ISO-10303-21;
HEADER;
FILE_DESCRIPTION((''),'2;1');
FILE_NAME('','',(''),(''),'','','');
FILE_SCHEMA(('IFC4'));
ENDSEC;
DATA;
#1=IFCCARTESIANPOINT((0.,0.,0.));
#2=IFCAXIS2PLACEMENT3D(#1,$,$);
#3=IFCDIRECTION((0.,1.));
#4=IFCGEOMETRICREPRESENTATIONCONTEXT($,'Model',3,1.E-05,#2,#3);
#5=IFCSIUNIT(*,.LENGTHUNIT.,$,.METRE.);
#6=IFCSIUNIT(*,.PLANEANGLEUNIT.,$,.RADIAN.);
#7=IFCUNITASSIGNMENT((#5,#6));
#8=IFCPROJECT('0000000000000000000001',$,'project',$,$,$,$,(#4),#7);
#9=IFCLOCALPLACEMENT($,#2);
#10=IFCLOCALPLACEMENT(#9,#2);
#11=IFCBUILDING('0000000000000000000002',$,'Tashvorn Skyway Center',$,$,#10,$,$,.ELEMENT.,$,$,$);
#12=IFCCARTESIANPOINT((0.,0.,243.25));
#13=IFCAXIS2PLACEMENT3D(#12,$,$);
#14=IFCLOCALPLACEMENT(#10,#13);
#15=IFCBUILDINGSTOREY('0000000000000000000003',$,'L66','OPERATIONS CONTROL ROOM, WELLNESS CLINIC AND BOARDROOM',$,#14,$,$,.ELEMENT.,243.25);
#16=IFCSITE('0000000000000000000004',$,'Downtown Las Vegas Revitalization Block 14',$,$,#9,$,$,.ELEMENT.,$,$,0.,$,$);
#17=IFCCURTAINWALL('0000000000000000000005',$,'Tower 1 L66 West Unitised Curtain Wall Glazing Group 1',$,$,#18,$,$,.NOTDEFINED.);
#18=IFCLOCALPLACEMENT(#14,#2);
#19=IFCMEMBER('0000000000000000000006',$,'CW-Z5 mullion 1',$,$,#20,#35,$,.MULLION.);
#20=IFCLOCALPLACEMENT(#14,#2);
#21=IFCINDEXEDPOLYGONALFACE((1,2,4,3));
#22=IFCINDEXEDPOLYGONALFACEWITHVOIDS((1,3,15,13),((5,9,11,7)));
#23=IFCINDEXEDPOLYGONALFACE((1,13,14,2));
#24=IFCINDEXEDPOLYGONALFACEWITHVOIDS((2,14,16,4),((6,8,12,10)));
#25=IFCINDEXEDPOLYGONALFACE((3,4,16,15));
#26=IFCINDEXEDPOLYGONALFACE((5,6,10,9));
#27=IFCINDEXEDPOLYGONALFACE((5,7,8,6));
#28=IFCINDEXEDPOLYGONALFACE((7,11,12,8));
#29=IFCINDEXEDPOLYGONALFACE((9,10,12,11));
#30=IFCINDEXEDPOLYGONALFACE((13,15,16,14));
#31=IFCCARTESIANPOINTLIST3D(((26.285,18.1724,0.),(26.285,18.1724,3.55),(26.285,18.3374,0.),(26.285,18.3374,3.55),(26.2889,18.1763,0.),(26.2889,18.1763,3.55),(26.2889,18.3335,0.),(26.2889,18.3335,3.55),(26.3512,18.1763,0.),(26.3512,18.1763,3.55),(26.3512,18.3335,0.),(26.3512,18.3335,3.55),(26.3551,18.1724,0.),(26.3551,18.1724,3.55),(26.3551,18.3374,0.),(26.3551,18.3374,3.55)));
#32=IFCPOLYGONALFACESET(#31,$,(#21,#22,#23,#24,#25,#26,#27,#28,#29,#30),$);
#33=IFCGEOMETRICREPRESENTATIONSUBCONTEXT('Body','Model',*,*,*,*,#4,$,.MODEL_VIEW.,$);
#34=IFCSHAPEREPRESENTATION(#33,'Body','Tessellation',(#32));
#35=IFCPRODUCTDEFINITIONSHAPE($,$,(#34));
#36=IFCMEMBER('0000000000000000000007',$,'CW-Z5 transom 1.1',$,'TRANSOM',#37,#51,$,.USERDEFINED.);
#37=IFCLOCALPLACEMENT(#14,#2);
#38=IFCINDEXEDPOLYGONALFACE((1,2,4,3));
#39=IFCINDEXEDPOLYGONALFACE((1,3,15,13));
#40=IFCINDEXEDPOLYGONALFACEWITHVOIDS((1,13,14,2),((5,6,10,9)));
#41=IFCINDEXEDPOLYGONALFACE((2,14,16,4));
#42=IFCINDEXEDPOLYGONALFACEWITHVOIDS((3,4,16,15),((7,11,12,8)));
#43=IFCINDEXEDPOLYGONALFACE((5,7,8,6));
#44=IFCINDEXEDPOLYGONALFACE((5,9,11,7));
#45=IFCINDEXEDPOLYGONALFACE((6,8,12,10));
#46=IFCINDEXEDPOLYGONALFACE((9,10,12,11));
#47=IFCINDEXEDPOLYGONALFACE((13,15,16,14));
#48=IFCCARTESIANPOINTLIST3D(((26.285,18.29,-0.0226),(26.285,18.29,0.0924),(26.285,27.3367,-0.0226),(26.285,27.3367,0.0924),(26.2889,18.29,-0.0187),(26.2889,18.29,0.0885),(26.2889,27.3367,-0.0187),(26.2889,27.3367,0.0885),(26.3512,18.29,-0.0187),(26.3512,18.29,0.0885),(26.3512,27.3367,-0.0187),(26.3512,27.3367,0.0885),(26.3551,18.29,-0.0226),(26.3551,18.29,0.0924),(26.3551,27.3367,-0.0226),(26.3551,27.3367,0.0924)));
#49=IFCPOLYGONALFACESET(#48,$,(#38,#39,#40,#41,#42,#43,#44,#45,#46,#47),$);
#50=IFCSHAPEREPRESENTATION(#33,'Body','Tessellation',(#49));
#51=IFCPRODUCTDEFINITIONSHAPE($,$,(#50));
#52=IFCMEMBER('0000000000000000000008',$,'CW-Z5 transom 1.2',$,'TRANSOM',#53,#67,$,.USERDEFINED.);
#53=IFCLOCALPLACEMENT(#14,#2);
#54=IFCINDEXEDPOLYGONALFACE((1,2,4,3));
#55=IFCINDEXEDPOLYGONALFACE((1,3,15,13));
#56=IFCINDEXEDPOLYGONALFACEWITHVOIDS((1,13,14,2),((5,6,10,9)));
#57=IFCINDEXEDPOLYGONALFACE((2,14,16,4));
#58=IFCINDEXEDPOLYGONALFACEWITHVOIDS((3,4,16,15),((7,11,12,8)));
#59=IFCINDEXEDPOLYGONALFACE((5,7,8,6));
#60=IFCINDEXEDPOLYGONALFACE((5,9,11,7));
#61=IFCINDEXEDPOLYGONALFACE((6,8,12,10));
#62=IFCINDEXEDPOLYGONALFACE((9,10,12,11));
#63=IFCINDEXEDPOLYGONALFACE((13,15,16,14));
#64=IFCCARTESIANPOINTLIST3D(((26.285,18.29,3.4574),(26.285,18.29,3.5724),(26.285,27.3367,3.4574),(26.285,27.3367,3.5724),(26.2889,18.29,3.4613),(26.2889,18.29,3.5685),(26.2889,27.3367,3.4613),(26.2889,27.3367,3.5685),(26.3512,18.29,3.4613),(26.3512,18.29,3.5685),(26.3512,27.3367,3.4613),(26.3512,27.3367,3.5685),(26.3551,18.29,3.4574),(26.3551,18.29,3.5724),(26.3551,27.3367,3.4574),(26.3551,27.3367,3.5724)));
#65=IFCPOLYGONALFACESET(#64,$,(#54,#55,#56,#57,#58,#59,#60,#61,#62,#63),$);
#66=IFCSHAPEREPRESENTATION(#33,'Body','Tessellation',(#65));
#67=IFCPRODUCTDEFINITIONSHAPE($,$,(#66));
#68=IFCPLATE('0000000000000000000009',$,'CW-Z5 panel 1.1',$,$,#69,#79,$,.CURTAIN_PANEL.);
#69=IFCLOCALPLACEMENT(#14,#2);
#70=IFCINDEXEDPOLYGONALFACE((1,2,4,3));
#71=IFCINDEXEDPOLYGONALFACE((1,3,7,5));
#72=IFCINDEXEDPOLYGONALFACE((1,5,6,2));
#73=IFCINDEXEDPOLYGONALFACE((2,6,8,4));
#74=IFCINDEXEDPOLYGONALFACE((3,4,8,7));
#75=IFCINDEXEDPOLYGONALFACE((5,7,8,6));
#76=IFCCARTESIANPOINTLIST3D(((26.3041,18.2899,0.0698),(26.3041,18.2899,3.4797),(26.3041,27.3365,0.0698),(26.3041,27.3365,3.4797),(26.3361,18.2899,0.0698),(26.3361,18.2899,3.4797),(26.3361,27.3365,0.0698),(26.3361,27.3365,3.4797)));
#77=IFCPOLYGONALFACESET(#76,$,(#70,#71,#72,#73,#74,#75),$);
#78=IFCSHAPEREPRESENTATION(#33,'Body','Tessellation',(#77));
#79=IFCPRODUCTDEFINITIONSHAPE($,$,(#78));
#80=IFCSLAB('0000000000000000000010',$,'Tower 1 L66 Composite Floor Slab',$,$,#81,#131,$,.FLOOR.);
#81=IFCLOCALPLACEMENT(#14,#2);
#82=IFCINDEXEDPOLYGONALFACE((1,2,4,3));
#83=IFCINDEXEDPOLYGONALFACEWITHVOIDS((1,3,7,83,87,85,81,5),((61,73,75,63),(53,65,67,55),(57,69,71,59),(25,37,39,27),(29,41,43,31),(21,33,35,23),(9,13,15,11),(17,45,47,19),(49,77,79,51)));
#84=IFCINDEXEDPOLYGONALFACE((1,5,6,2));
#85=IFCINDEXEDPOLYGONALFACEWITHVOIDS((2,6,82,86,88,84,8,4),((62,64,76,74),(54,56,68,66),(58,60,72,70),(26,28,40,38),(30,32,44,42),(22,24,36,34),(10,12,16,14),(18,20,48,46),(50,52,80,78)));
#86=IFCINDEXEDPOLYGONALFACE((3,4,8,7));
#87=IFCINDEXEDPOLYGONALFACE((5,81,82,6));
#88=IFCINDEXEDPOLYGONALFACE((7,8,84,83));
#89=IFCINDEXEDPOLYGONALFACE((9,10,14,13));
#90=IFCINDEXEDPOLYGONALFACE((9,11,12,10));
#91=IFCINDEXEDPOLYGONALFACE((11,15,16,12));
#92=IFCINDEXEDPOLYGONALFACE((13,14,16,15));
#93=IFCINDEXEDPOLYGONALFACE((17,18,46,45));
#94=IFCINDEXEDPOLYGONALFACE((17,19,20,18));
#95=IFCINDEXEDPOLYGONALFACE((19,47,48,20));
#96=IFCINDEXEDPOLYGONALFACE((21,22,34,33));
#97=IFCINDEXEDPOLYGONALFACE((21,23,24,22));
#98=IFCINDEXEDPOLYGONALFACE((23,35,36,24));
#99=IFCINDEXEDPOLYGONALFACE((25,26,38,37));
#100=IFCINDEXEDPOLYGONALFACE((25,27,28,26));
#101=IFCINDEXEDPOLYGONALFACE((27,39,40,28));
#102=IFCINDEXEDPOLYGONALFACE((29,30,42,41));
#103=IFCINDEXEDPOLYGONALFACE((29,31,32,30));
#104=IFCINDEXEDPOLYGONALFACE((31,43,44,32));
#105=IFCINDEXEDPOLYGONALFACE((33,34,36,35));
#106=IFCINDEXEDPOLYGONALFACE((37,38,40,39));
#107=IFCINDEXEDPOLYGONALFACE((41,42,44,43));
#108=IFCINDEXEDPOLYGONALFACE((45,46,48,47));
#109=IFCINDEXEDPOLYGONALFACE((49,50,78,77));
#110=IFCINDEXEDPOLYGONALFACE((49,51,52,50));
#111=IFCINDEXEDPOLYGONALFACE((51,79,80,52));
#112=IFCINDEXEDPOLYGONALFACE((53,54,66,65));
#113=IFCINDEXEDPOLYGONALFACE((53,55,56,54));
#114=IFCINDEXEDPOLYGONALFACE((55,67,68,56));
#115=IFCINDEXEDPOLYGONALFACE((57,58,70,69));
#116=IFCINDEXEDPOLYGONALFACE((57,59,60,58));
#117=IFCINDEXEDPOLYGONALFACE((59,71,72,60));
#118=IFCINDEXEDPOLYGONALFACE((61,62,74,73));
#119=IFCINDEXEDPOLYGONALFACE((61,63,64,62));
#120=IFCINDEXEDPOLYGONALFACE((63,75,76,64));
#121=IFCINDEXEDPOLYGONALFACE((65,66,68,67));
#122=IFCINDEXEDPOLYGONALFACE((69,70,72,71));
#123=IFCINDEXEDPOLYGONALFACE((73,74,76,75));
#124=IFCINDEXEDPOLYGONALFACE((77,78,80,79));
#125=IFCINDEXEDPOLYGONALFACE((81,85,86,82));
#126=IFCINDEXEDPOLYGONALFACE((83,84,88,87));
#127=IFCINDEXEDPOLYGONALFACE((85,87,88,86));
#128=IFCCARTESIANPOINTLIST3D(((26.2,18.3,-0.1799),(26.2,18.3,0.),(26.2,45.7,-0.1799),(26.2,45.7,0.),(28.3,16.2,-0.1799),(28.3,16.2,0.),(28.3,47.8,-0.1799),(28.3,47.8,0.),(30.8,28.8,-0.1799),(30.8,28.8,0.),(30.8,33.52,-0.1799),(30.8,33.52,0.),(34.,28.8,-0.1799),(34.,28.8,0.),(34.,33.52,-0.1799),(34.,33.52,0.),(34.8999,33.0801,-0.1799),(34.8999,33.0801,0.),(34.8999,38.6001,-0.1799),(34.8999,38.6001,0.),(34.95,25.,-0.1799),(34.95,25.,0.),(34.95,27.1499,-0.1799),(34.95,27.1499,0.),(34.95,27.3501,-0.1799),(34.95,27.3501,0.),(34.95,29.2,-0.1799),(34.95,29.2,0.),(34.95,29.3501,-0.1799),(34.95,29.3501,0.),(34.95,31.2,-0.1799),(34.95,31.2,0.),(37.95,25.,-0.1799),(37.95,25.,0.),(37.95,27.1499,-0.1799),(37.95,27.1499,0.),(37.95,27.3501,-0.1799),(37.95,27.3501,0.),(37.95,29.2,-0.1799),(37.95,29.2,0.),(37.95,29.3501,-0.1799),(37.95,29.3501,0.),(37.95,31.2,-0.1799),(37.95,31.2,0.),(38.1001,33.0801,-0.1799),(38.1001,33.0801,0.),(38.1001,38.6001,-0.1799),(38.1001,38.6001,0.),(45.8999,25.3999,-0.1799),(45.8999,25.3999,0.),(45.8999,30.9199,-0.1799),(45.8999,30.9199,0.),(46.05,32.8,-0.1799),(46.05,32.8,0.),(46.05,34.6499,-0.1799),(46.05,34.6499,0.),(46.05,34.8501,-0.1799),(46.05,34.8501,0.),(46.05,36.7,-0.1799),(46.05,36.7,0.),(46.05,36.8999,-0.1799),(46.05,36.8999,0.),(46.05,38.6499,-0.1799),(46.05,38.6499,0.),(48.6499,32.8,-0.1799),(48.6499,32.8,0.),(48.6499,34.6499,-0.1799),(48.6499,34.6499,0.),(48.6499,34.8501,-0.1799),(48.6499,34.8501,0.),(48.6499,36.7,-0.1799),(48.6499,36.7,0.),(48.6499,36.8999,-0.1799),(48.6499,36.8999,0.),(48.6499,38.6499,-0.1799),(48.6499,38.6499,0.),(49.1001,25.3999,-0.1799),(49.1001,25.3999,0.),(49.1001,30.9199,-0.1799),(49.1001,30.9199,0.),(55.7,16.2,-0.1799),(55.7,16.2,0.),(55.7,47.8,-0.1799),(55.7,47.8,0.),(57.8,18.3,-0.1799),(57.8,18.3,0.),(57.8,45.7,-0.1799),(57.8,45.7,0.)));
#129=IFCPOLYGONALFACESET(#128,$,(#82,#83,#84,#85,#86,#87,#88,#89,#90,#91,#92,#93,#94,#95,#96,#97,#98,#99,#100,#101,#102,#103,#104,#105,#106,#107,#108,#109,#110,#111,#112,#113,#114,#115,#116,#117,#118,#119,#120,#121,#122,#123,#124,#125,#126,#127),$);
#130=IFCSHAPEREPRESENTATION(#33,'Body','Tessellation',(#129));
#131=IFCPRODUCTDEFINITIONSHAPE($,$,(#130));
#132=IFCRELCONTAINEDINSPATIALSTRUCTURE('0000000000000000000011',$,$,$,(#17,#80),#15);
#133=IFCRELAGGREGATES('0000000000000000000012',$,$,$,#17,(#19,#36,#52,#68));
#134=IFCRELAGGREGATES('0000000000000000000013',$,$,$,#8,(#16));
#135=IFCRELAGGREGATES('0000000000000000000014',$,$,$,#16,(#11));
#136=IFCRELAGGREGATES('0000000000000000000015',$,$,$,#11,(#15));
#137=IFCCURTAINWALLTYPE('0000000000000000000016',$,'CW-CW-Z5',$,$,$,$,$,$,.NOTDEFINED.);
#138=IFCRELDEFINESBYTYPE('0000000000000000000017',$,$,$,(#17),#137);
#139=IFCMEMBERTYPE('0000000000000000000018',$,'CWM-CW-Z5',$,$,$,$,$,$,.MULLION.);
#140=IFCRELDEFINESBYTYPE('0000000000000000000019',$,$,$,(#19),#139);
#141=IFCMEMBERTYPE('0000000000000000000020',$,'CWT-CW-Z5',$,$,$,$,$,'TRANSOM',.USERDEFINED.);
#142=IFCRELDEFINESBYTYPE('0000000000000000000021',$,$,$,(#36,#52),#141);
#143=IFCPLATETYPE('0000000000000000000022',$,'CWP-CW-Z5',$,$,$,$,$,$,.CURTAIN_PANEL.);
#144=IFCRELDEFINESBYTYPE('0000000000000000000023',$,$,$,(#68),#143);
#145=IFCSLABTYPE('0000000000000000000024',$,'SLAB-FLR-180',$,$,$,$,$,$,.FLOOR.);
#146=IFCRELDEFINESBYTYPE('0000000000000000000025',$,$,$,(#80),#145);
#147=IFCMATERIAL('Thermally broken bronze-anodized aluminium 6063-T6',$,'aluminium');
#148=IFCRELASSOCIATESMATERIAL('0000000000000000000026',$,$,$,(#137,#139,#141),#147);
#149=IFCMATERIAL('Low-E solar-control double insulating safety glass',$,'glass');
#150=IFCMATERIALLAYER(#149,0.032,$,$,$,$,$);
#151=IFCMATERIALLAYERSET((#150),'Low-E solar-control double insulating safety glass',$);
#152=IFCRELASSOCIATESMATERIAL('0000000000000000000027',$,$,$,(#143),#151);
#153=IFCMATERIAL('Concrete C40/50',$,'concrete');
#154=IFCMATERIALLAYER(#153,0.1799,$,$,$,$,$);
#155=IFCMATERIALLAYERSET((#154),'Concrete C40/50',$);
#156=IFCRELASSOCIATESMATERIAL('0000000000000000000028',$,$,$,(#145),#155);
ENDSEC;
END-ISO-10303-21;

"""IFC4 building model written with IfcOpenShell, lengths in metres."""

from ifc_helpers import new_model, si_unit, direction, frame, origin, origin_2d, place, context, subcontext, project, spatial, polyline, rectangle, hollow_rectangle, outline, extrude, material, layer, layer_set, material_profile, profile_set, type_object, element, aggregate, save


model = new_model("IFC4")

# Units and contexts
model_context = context("Model", 3, precision=1e-05, world=origin(), true_north=direction((0.0, 1.0)))
body_context = subcontext(model_context, "Body", "Model", "MODEL_VIEW")
ifc_project = project(units=[si_unit("LENGTHUNIT", "METRE"), si_unit("PLANEANGLEUNIT", "RADIAN")], contexts=[model_context])

# Site, building, storey
site_placement = place(None, origin())
site = spatial("IfcSite", under=ifc_project, at=site_placement, Name="Downtown Las Vegas Revitalization Block 14", CompositionType="ELEMENT", RefElevation=0.0)
building_placement = place(site_placement, origin())
building = spatial("IfcBuilding", under=site, at=building_placement, Name="Tashvorn Skyway Center", CompositionType="ELEMENT")
storey_placement = place(building_placement, frame((0.0, 0.0, 243.25)))
storey = spatial("IfcBuildingStorey", under=building, at=storey_placement, Name="L66", Description="OPERATIONS CONTROL ROOM, WELLNESS CLINIC AND BOARDROOM", CompositionType="ELEMENT", Elevation=243.25)

# Curtain wall, members, plate
ifc_material_1 = material(Name="Thermally broken bronze-anodized aluminium 6063-T6", Category="aluminium")
curtain_wall_type = type_object("IfcCurtainWallType", Name="CW-CW-Z5", PredefinedType="NOTDEFINED", material=ifc_material_1)
curtain_wall_placement = place(storey_placement, origin())
curtain_wall = element("IfcCurtainWall", 1, at=curtain_wall_placement, inside=storey, type_object=curtain_wall_type, Name="Tower 1 L66 West Unitised Curtain Wall Glazing Group 1", PredefinedType="NOTDEFINED")
ifc_material_profile_1 = material_profile(ifc_material_1, hollow_rectangle(XDim=0.0701, YDim=0.165, WallThickness=0.0039, at=origin_2d()), Name="ALU-MULL-70x165")
ifc_profile_set_1 = profile_set([ifc_material_profile_1], Name="Thermally broken bronze-anodized aluminium 6063-T6")
member_type_1 = type_object("IfcMemberType", Name="CWM-CW-Z5", PredefinedType="MULLION", material=ifc_profile_set_1)
member_1_placement = place(storey_placement, frame((26.3201, 18.2549, 0.0), z_axis=(0.0, 0.0, 1.0), x_axis=(-1.0, 0.0, 0.0)))
member_1 = element("IfcMember", 2, at=member_1_placement, type_object=member_type_1, Name="CW-Z5 mullion 1", PredefinedType="MULLION", context=body_context, shape_type="SweptSolid", body=[
    extrude(hollow_rectangle(XDim=0.0701, YDim=0.165, WallThickness=0.0039, at=origin_2d()), origin(), (0.0, 0.0, 1.0), 3.55),
])
ifc_material_profile_2 = material_profile(ifc_material_1, hollow_rectangle(XDim=0.0701, YDim=0.115, WallThickness=0.0039, at=origin_2d()), Name="ALU-TRAN-70x115")
ifc_profile_set_2 = profile_set([ifc_material_profile_2], Name="Thermally broken bronze-anodized aluminium 6063-T6")
member_type_2 = type_object("IfcMemberType", Name="CWT-CW-Z5", ElementType="TRANSOM", PredefinedType="USERDEFINED", material=ifc_profile_set_2)
member_2_placement = place(storey_placement, frame((26.3201, 18.29, 0.0349), z_axis=(0.0, 1.0, 0.0), x_axis=(-1.0, 0.0, 0.0)))
member_2 = element("IfcMember", 3, at=member_2_placement, type_object=member_type_2, Name="CW-Z5 transom 1.1", ObjectType="TRANSOM", PredefinedType="USERDEFINED", context=body_context, shape_type="SweptSolid", body=[
    extrude(hollow_rectangle(XDim=0.0701, YDim=0.115, WallThickness=0.0039, at=origin_2d()), origin(), (0.0, 0.0, 1.0), 9.0466),
])
member_3_placement = place(storey_placement, frame((26.3201, 18.29, 3.5149), z_axis=(0.0, 1.0, 0.0), x_axis=(-1.0, 0.0, 0.0)))
member_3 = element("IfcMember", 4, at=member_3_placement, type_object=member_type_2, Name="CW-Z5 transom 1.2", ObjectType="TRANSOM", PredefinedType="USERDEFINED", context=body_context, shape_type="SweptSolid", body=[
    extrude(hollow_rectangle(XDim=0.0701, YDim=0.115, WallThickness=0.0039, at=origin_2d()), origin(), (0.0, 0.0, 1.0), 9.0466),
])
ifc_material_2 = material(Name="Low-E solar-control double insulating safety glass", Category="glass")
ifc_layer_1 = layer(ifc_material_2, 0.032)
ifc_layer_set_1 = layer_set([ifc_layer_1], Name="Low-E solar-control double insulating safety glass")
plate_type = type_object("IfcPlateType", Name="CWP-CW-Z5", PredefinedType="CURTAIN_PANEL", material=ifc_layer_set_1)
plate_placement = place(storey_placement, frame((26.3201, 22.8132, 0.0698), z_axis=(0.0, 0.0, 1.0), x_axis=(0.0, 1.0, 0.0)))
plate = element("IfcPlate", 5, at=plate_placement, type_object=plate_type, Name="CW-Z5 panel 1.1", PredefinedType="CURTAIN_PANEL", context=body_context, shape_type="SweptSolid", body=[
    extrude(rectangle(XDim=9.0466, YDim=0.032, at=origin_2d()), origin(), (0.0, 0.0, 1.0), 3.4099),
])
aggregate(curtain_wall, [member_1, member_2, member_3, plate])

# Slab
ifc_material_3 = material(Name="Concrete C40/50", Category="concrete")
ifc_layer_2 = layer(ifc_material_3, 0.1799)
ifc_layer_set_2 = layer_set([ifc_layer_2], Name="Concrete C40/50")
slab_type_1 = type_object("IfcSlabType", Name="SLAB-FLR-180", PredefinedType="FLOOR", material=ifc_layer_set_2)
slab_1_placement = place(storey_placement, frame((0.0, 0.0, -0.1799)))
element("IfcSlab", 6, at=slab_1_placement, inside=storey, type_object=slab_type_1, Name="Tower 1 L66 Composite Floor Slab", PredefinedType="FLOOR", context=body_context, shape_type="SweptSolid", body=[
    extrude(outline(polyline([(28.3, 16.2), (55.7, 16.2), (57.8, 18.3), (57.8, 45.7), (55.7, 47.8), (28.3, 47.8), (26.2, 45.7), (26.2, 18.3), (28.3, 16.2)]), holes=[polyline([(38.1001, 33.0801), (38.1001, 38.6001), (34.8999, 38.6001), (34.8999, 33.0801), (38.1001, 33.0801)]), polyline([(45.8999, 30.9199), (45.8999, 25.3999), (49.1001, 25.3999), (49.1001, 30.9199), (45.8999, 30.9199)]), polyline([(30.8, 33.52), (30.8, 28.8), (34.0, 28.8), (34.0, 33.52), (30.8, 33.52)]), polyline([(34.95, 29.3501), (37.95, 29.3501), (37.95, 31.2), (34.95, 31.2), (34.95, 29.3501)]), polyline([(34.95, 27.3501), (37.95, 27.3501), (37.95, 29.2), (34.95, 29.2), (34.95, 27.3501)]), polyline([(34.95, 25.0), (37.95, 25.0), (37.95, 27.1499), (34.95, 27.1499), (34.95, 25.0)]), polyline([(46.05, 32.8), (48.6499, 32.8), (48.6499, 34.6499), (46.05, 34.6499), (46.05, 32.8)]), polyline([(46.05, 34.8501), (48.6499, 34.8501), (48.6499, 36.7), (46.05, 36.7), (46.05, 34.8501)]), polyline([(46.05, 36.8999), (48.6499, 36.8999), (48.6499, 38.6499), (46.05, 38.6499), (46.05, 36.8999)])]), origin(), (0.0, 0.0, 1.0), 0.1799),
])

save(model, "model.ifc")
